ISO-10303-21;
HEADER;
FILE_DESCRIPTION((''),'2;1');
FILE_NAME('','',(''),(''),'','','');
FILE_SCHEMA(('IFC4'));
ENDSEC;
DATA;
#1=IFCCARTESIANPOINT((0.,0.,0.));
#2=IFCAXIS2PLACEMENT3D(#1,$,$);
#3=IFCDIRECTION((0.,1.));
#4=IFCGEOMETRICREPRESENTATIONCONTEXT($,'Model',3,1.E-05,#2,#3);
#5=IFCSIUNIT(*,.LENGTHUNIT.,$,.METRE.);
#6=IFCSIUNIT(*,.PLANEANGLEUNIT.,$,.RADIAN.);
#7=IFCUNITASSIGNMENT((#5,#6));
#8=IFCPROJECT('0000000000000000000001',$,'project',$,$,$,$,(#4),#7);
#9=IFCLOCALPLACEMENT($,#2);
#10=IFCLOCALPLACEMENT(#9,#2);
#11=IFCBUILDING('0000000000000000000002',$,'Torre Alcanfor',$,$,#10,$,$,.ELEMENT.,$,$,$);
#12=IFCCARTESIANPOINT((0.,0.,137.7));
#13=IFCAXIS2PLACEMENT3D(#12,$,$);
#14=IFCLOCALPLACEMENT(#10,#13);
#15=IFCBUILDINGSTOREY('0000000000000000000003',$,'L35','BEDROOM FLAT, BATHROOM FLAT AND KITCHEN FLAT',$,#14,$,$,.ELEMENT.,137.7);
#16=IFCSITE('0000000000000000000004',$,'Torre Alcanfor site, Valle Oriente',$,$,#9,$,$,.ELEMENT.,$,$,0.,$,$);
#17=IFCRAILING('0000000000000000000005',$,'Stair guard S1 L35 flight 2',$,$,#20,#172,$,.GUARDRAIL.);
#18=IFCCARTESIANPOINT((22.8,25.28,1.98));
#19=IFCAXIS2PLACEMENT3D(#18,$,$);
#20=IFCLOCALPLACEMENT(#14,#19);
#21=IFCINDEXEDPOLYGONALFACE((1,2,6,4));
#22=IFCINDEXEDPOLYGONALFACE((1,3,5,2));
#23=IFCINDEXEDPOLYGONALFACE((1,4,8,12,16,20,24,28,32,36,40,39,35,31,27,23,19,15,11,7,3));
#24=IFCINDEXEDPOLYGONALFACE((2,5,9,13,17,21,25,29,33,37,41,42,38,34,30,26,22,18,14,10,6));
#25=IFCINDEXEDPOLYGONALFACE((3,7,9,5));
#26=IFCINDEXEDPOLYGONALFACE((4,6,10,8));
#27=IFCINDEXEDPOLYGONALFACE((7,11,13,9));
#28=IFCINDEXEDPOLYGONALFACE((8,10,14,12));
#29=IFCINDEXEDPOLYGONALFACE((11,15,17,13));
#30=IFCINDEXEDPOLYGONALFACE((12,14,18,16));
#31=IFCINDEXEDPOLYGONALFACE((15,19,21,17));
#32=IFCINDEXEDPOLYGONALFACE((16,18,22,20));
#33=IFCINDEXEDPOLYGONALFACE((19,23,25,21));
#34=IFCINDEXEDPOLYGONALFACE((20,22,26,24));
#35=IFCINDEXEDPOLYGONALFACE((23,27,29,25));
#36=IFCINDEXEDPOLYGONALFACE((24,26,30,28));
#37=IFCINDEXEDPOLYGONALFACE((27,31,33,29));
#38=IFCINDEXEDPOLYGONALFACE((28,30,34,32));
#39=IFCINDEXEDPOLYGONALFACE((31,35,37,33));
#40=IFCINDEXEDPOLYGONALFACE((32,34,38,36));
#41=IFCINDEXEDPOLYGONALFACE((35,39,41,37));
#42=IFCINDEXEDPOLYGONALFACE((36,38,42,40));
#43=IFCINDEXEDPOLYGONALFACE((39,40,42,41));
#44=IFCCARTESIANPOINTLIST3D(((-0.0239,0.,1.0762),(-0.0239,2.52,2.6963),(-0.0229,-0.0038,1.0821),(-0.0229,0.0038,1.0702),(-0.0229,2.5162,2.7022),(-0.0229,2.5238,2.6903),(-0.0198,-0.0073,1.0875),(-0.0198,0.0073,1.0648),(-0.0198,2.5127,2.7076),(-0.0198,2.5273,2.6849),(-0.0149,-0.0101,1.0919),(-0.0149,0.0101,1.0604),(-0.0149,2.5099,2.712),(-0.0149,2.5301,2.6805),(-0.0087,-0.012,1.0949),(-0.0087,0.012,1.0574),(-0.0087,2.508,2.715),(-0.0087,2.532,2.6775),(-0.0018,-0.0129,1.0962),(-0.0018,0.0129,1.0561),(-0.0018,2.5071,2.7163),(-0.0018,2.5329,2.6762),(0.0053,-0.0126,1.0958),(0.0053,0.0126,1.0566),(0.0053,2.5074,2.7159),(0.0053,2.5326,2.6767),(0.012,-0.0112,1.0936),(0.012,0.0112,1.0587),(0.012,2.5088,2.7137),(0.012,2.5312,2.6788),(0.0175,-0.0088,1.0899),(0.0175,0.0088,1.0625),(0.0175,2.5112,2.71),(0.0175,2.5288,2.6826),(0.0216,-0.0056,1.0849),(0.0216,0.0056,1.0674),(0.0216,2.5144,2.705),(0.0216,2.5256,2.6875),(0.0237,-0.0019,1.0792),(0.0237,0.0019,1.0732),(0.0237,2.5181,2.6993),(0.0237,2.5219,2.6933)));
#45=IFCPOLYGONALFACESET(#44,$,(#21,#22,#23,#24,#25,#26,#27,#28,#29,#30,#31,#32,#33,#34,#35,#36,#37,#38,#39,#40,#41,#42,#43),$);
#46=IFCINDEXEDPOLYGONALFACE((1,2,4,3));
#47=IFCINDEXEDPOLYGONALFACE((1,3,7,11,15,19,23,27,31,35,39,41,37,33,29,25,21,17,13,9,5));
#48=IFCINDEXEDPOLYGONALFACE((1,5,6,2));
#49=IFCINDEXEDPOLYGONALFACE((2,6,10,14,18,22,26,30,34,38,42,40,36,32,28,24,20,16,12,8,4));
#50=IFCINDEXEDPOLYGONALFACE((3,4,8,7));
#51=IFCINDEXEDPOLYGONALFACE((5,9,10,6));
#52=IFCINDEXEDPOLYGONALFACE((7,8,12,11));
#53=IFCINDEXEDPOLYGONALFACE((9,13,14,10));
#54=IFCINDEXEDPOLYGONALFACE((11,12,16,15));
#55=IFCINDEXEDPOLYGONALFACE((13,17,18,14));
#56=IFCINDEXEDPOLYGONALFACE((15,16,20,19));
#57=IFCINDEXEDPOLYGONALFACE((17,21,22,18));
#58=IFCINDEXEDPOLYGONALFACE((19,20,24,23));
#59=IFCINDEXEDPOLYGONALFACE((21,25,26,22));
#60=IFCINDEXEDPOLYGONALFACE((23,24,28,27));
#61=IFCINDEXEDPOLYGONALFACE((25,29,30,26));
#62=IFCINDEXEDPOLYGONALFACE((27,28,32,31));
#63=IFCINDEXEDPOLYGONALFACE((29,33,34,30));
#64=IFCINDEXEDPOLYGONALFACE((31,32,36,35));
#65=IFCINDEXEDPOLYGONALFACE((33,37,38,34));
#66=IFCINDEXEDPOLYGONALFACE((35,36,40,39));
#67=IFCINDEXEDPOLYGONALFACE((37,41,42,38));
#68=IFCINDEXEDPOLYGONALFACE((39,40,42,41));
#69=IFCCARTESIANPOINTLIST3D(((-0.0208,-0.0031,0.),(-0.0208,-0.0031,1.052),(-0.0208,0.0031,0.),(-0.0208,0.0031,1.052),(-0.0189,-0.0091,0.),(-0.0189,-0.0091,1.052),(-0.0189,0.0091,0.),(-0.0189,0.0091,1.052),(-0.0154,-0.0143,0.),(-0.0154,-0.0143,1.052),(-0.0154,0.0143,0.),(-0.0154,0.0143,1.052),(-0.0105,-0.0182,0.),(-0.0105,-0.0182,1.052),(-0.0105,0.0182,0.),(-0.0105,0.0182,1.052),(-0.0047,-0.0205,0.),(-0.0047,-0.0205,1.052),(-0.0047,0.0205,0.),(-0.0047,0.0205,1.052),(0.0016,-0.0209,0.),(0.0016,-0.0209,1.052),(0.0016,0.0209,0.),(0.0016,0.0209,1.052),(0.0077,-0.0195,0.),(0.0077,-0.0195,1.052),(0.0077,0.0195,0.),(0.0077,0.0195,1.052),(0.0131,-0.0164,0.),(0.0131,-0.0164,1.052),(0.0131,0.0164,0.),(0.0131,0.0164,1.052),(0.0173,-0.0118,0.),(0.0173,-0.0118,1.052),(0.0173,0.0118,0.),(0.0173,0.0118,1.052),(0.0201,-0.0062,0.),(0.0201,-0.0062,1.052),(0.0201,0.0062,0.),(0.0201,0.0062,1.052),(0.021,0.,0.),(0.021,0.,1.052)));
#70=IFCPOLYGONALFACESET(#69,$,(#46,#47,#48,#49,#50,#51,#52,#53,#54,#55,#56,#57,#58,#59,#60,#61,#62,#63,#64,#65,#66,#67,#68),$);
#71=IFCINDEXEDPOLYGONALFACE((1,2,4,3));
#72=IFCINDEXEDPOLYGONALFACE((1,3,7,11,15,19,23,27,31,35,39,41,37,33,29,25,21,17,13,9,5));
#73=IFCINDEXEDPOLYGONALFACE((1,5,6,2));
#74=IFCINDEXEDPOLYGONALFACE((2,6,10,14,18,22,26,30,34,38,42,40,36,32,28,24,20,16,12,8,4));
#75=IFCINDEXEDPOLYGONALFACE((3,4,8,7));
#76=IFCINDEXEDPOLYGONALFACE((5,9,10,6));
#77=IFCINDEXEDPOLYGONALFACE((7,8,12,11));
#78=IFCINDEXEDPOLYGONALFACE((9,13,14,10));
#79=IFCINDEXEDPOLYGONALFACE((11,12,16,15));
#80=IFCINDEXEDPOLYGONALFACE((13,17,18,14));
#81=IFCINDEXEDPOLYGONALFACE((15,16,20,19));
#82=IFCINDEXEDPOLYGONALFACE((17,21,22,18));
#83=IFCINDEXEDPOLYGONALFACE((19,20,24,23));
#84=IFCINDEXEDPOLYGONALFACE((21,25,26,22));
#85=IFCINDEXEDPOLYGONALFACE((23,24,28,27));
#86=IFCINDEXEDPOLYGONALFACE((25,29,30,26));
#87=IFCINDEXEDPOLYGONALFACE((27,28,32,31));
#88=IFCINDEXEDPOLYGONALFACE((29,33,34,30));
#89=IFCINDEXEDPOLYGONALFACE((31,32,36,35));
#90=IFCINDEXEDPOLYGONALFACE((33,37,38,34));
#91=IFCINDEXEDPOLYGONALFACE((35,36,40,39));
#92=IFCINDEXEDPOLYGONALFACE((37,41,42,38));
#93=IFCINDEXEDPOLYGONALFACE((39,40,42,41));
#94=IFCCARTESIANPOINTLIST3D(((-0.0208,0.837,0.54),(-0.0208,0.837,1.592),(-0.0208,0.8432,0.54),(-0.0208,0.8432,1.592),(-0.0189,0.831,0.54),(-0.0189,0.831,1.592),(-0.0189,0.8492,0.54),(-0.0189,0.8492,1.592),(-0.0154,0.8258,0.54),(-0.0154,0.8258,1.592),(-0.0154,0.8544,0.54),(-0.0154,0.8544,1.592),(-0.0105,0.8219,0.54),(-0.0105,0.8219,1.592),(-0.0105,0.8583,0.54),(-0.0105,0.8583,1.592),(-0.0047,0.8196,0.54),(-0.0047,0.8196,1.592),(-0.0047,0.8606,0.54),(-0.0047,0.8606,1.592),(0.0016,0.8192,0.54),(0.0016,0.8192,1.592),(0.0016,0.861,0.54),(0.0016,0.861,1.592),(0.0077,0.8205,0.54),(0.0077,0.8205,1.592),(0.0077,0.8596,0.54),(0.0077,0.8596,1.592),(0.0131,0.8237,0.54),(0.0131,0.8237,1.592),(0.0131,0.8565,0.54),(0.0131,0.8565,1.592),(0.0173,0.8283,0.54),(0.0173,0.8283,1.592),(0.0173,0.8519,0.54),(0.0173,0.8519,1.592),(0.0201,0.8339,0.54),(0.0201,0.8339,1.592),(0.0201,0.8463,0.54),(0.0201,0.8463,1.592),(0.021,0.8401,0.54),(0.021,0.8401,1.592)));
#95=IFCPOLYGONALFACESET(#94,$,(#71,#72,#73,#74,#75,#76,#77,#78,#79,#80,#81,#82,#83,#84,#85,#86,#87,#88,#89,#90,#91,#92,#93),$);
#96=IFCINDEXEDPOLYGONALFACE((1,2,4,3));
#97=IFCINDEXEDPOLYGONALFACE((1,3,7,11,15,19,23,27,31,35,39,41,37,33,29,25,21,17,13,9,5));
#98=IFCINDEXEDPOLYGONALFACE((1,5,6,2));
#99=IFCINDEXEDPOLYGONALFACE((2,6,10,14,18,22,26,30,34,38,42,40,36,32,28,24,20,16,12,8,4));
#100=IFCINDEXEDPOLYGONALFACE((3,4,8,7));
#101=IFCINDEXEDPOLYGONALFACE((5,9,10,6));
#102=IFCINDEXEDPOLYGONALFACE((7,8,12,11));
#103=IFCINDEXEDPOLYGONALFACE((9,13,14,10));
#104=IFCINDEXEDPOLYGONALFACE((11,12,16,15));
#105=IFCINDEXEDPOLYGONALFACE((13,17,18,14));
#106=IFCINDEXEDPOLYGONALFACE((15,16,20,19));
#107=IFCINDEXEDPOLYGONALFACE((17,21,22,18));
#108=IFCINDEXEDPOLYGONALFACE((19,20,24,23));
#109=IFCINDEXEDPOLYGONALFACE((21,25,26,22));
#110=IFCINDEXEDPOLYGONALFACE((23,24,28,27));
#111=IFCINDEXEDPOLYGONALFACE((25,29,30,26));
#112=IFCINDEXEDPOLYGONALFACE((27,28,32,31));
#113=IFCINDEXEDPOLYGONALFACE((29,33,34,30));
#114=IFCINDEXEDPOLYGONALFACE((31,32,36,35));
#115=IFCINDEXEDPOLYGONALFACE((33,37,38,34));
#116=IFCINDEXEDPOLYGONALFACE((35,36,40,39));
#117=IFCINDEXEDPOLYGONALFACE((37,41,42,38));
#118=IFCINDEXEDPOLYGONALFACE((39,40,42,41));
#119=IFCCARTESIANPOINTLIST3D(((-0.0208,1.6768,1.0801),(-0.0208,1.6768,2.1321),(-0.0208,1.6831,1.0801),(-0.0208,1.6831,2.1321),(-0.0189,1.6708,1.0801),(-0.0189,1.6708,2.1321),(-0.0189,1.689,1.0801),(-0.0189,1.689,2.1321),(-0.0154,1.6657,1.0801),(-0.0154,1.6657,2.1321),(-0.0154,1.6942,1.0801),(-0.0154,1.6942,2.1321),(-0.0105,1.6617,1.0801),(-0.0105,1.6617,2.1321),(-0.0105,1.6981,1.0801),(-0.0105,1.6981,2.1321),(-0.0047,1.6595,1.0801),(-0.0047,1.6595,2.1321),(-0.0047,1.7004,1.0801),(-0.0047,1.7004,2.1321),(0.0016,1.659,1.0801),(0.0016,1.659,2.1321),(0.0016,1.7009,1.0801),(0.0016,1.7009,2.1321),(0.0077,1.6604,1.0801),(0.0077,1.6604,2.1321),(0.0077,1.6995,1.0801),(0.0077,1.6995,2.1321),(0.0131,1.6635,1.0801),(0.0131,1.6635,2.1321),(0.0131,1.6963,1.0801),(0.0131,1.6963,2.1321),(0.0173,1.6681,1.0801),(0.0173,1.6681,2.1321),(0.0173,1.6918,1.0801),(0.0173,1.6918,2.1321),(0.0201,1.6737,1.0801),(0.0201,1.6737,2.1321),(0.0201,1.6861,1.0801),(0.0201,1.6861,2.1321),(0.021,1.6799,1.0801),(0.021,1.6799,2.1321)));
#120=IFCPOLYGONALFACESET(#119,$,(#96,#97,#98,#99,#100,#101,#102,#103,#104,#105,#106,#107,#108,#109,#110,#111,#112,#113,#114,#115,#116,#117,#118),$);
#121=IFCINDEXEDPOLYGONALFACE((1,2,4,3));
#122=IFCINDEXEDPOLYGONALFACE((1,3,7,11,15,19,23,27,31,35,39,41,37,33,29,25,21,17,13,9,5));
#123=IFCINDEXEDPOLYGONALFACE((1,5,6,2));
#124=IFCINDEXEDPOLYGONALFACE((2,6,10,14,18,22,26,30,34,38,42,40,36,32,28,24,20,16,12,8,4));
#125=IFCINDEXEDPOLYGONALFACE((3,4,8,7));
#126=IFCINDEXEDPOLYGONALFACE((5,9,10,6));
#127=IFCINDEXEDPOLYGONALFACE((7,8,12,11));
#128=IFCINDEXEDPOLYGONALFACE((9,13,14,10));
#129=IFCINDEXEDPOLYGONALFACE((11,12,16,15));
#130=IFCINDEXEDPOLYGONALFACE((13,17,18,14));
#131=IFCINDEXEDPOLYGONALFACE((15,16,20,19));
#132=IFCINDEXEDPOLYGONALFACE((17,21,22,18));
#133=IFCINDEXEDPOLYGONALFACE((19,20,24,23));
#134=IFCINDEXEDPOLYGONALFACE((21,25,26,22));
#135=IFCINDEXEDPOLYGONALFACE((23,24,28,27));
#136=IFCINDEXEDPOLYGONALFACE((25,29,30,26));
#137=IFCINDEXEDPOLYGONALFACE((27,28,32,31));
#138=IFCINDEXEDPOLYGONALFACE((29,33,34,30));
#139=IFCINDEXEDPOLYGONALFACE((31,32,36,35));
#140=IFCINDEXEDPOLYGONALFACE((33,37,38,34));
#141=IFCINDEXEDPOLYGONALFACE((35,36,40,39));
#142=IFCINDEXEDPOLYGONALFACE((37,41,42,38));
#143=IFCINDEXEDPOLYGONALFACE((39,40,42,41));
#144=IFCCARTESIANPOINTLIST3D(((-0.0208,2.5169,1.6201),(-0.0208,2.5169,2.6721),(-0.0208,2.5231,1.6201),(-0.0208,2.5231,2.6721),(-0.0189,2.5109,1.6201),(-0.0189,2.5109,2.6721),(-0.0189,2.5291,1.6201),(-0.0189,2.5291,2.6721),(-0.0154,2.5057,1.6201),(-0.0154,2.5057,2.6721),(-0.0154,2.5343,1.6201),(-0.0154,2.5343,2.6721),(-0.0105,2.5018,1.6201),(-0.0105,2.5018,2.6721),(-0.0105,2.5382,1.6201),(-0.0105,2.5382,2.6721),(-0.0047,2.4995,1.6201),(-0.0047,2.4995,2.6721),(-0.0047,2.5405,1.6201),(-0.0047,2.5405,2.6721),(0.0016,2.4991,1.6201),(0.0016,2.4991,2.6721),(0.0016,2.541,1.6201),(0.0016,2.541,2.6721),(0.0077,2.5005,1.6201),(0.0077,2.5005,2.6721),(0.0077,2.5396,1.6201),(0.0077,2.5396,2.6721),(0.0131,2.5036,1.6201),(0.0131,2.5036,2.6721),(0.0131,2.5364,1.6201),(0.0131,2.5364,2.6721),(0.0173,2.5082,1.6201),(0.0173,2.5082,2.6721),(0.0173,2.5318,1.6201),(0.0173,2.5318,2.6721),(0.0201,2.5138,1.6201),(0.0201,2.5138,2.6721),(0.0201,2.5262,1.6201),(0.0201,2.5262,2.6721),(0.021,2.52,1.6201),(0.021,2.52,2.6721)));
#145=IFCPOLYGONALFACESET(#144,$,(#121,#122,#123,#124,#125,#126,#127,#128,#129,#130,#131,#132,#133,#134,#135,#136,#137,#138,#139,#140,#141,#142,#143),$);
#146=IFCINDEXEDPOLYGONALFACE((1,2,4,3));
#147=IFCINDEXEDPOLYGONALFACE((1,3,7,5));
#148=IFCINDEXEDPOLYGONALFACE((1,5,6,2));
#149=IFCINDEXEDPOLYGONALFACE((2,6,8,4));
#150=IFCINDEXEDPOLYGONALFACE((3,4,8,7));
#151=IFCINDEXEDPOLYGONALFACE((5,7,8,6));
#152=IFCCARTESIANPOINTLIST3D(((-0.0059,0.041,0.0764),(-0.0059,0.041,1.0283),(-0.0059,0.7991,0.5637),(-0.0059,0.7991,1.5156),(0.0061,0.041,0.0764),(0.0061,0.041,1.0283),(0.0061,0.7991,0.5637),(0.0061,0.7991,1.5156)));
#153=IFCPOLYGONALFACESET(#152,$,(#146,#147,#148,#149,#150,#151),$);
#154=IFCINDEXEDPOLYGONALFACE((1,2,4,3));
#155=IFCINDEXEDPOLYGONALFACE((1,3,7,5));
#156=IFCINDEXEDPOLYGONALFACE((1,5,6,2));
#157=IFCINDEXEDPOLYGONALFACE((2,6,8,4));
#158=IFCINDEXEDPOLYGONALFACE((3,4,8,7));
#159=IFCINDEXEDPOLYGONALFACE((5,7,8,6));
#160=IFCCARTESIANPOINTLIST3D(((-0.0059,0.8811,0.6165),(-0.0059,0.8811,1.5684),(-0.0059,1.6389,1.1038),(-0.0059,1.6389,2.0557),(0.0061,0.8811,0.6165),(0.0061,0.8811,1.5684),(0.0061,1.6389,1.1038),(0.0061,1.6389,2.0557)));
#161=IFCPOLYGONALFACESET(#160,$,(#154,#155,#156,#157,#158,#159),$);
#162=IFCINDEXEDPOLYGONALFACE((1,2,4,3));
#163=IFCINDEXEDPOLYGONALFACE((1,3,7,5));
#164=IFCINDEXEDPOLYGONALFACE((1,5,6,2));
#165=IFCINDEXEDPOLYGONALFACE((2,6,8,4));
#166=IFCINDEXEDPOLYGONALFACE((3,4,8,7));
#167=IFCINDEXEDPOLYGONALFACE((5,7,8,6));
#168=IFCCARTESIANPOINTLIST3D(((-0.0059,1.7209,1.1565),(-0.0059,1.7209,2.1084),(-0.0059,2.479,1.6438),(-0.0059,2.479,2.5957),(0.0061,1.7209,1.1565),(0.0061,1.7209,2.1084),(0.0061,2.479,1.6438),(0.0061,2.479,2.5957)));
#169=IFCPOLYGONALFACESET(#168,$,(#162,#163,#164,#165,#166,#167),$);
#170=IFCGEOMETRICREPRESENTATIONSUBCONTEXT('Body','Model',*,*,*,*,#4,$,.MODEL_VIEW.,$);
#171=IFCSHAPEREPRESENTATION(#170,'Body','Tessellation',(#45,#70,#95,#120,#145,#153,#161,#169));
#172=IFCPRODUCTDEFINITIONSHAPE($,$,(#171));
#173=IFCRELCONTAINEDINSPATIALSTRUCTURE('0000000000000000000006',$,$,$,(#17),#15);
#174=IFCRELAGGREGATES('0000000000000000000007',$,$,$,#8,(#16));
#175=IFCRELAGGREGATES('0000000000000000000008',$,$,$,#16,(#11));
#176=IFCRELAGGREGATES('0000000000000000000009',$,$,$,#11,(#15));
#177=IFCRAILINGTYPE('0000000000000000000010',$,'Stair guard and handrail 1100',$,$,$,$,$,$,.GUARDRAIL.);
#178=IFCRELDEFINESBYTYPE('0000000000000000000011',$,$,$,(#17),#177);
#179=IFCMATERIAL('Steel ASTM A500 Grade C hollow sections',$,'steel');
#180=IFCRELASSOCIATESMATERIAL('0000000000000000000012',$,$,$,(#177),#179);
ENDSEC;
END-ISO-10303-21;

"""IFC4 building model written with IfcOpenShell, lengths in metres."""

from ifc_helpers import new_model, si_unit, direction, frame, origin, origin_2d, place, context, subcontext, project, spatial, polyline, circle, outline, extrude, material, type_object, element, save


model = new_model("IFC4")

# Units and contexts
model_context = context("Model", 3, precision=1e-05, world=origin(), true_north=direction((0.0, 1.0)))
body_context = subcontext(model_context, "Body", "Model", "MODEL_VIEW")
ifc_project = project(units=[si_unit("LENGTHUNIT", "METRE"), si_unit("PLANEANGLEUNIT", "RADIAN")], contexts=[model_context])

# Site, building, storey
site_placement = place(None, origin())
site = spatial("IfcSite", under=ifc_project, at=site_placement, Name="Torre Alcanfor site, Valle Oriente", CompositionType="ELEMENT", RefElevation=0.0)
building_placement = place(site_placement, origin())
building = spatial("IfcBuilding", under=site, at=building_placement, Name="Torre Alcanfor", CompositionType="ELEMENT")
storey_placement = place(building_placement, frame((0.0, 0.0, 137.7)))
storey = spatial("IfcBuildingStorey", under=building, at=storey_placement, Name="L35", Description="BEDROOM FLAT, BATHROOM FLAT AND KITCHEN FLAT", CompositionType="ELEMENT", Elevation=137.7)

# Railing
ifc_material_1 = material(Name="Steel ASTM A500 Grade C hollow sections", Category="steel")
railing_type_1 = type_object("IfcRailingType", Name="Stair guard and handrail 1100", PredefinedType="GUARDRAIL", material=ifc_material_1)
railing_1_placement = place(storey_placement, frame((22.8, 25.28, 1.98)))
element("IfcRailing", 1, at=railing_1_placement, inside=storey, type_object=railing_type_1, Name="Stair guard S1 L35 flight 2", PredefinedType="GUARDRAIL", context=body_context, shape_type="SweptSolid", body=[
    extrude(circle(Radius=0.0239, at=origin_2d()), frame((0.0, 0.0, 1.0762), z_axis=(0.0, 0.841163, 0.540782), x_axis=(-1.0, 0.0, 0.0)), (0.0, 0.0, 1.0), 2.9958),
    extrude(circle(Radius=0.021, at=origin_2d()), origin(), (0.0, 0.0, 1.0), 1.052),
    extrude(circle(Radius=0.021, at=origin_2d()), frame((0.0, 0.8401, 0.54)), (0.0, 0.0, 1.0), 1.052),
    extrude(circle(Radius=0.021, at=origin_2d()), frame((0.0, 1.6799, 1.0801)), (0.0, 0.0, 1.0), 1.052),
    extrude(circle(Radius=0.021, at=origin_2d()), frame((0.0, 2.52, 1.6201)), (0.0, 0.0, 1.0), 1.052),
    extrude(outline(polyline([(0.041, 0.0764), (0.7991, 0.5637), (0.7991, 1.5156), (0.041, 1.0283), (0.041, 0.0764)])), frame((-0.0059, 0.0, 0.0), z_axis=(1.0, 0.0, 0.0), x_axis=(0.0, 1.0, 0.0)), (0.0, 0.0, 1.0), 0.012),
    extrude(outline(polyline([(0.8811, 0.6165), (1.6389, 1.1038), (1.6389, 2.0557), (0.8811, 1.5684), (0.8811, 0.6165)])), frame((-0.0059, 0.0, 0.0), z_axis=(1.0, 0.0, 0.0), x_axis=(0.0, 1.0, 0.0)), (0.0, 0.0, 1.0), 0.012),
    extrude(outline(polyline([(1.7209, 1.1565), (2.479, 1.6438), (2.479, 2.5957), (1.7209, 2.1084), (1.7209, 1.1565)])), frame((-0.0059, 0.0, 0.0), z_axis=(1.0, 0.0, 0.0), x_axis=(0.0, 1.0, 0.0)), (0.0, 0.0, 1.0), 0.012),
])

save(model, "model.ifc")
